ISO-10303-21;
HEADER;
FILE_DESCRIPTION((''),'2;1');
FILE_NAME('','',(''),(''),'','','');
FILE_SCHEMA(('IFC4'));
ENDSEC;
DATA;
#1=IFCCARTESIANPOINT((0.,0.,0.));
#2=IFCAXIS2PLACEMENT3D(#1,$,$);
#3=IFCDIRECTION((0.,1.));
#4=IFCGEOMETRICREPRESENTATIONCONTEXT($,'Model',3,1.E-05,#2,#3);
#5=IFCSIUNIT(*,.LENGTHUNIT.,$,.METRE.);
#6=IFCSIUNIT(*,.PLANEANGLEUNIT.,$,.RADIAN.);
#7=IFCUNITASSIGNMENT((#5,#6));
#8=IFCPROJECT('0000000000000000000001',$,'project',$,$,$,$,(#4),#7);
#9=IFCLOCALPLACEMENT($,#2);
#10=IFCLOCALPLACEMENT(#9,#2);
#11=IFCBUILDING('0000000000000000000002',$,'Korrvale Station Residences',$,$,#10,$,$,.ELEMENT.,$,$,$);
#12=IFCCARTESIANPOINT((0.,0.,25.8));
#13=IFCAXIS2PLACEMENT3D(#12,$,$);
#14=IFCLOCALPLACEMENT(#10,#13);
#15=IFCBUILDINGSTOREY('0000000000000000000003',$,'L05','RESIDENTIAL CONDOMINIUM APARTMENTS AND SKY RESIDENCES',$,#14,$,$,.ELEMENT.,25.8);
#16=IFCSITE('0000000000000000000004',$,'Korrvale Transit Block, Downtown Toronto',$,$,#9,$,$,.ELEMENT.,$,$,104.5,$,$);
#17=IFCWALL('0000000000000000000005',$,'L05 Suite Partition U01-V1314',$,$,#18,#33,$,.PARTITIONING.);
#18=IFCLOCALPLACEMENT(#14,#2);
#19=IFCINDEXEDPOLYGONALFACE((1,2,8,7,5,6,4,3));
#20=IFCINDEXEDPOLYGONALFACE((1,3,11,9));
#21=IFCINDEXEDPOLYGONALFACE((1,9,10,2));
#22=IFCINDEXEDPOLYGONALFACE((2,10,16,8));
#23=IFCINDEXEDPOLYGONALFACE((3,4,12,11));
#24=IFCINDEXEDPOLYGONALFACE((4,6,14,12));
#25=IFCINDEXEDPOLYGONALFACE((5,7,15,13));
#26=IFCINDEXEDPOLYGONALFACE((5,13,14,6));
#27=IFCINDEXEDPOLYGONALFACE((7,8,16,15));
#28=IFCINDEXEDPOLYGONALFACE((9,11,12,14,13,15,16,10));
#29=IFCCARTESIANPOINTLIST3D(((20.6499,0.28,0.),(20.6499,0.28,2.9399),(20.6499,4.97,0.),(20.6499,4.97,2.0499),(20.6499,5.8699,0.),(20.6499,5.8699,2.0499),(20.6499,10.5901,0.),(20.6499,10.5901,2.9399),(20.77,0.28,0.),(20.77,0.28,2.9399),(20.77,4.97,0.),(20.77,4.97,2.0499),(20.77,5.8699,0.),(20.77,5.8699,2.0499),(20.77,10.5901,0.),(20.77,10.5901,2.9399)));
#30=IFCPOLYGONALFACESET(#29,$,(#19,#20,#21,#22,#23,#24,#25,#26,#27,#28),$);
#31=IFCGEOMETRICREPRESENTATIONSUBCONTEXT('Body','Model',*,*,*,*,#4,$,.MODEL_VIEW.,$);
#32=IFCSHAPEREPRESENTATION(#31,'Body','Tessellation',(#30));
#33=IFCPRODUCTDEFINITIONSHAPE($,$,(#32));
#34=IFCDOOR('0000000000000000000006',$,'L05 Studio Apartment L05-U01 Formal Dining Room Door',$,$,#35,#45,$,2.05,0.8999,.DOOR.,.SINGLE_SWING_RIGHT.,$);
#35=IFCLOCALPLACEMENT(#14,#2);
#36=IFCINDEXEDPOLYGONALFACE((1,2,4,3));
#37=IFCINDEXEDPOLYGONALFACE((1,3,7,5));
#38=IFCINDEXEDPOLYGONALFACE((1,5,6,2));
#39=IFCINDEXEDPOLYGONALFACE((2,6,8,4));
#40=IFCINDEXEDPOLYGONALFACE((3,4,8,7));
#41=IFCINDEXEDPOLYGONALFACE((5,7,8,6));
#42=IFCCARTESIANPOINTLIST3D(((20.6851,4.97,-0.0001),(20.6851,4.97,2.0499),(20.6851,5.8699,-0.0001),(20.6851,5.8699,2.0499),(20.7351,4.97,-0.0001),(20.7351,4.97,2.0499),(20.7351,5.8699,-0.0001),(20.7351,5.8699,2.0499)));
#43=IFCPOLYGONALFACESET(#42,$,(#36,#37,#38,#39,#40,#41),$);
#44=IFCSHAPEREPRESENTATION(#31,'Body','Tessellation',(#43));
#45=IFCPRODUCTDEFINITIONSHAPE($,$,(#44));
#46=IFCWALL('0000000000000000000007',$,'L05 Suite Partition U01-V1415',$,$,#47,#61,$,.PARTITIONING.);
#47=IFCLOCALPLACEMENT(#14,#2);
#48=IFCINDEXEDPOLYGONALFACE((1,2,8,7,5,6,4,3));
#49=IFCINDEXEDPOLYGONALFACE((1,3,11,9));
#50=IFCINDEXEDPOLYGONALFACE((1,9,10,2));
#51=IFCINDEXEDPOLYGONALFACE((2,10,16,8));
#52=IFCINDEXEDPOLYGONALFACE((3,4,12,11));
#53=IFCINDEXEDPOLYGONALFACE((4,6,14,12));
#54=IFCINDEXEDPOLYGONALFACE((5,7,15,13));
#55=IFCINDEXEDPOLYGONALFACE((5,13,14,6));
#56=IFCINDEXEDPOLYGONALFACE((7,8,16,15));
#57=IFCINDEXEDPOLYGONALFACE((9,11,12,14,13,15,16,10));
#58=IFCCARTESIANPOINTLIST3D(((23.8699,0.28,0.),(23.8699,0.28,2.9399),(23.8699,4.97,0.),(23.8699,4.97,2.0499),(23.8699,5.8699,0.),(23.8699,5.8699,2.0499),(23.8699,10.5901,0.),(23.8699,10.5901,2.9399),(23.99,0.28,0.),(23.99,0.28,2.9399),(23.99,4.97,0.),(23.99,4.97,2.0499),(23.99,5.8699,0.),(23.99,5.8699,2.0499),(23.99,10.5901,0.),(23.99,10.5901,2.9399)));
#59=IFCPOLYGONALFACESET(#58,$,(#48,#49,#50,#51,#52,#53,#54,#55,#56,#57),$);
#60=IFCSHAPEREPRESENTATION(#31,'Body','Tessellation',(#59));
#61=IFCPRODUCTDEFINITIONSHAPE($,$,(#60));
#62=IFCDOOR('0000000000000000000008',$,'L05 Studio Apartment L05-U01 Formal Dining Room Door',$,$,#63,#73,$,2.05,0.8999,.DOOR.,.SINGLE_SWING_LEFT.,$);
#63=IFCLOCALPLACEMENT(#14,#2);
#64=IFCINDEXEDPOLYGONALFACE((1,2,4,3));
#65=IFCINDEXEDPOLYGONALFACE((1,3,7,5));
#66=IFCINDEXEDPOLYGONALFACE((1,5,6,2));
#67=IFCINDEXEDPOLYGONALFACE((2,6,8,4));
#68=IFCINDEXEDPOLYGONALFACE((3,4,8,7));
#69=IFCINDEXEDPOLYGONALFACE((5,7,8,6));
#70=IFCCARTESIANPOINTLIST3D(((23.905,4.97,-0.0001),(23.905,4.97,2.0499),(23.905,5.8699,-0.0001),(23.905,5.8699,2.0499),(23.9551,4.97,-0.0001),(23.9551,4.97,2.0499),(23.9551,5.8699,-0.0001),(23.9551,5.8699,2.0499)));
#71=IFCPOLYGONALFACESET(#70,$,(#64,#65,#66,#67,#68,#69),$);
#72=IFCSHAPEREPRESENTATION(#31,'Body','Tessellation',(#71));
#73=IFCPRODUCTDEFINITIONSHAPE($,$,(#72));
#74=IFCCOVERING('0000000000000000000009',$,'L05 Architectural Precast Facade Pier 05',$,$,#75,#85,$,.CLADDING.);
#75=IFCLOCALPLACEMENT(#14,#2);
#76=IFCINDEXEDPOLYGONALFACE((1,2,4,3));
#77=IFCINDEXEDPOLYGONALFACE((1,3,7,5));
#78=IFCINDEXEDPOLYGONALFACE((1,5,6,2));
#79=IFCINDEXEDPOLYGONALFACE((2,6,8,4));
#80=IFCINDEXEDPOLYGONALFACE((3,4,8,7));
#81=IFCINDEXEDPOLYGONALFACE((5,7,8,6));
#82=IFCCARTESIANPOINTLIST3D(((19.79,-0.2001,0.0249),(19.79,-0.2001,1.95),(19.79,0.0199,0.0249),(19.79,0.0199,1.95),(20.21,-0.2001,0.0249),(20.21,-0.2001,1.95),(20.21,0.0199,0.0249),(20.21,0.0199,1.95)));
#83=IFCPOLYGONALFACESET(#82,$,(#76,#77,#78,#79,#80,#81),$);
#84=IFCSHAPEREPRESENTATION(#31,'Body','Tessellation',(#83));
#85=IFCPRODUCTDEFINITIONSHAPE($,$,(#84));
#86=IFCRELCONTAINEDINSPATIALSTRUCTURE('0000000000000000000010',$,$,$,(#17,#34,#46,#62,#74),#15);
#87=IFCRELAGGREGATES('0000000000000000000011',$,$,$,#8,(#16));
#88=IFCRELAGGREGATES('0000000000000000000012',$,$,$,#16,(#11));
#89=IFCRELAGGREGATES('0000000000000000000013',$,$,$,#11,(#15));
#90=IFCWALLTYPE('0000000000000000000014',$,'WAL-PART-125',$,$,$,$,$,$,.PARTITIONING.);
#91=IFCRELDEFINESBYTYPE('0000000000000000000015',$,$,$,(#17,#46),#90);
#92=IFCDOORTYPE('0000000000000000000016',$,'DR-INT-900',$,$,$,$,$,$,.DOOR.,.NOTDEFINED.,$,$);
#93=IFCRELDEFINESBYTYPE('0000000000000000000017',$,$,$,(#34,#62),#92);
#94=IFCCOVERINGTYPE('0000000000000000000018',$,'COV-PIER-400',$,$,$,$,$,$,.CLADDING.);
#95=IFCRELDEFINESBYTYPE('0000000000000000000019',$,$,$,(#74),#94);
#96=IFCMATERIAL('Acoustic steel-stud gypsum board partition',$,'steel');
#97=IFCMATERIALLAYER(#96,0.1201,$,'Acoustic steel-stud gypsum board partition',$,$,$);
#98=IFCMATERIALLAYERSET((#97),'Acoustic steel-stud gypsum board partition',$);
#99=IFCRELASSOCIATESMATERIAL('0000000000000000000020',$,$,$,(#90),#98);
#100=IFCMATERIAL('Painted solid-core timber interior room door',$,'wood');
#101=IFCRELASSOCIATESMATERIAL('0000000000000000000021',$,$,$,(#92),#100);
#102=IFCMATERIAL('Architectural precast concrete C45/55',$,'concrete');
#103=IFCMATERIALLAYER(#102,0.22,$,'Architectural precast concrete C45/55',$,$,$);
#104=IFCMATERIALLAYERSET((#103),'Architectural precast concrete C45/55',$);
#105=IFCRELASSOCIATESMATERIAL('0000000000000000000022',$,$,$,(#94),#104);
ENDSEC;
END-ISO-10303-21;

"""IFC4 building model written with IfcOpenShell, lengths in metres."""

from ifc_helpers import new_model, si_unit, direction, frame, frame_2d, origin, origin_2d, place, context, subcontext, project, spatial, rectangle, extrude, material, layer, layer_set, type_object, element, fill, save


model = new_model("IFC4")

# Units and contexts
model_context = context("Model", 3, precision=1e-05, world=origin(), true_north=direction((0.0, 1.0)))
body_context = subcontext(model_context, "Body", "Model", "MODEL_VIEW")
ifc_project = project(units=[si_unit("LENGTHUNIT", "METRE"), si_unit("PLANEANGLEUNIT", "RADIAN")], contexts=[model_context])

# Site, building, storey
site_placement = place(None, origin())
site = spatial("IfcSite", under=ifc_project, at=site_placement, Name="Korrvale Transit Block, Downtown Toronto", CompositionType="ELEMENT", RefElevation=104.5)
building_placement = place(site_placement, origin())
building = spatial("IfcBuilding", under=site, at=building_placement, Name="Korrvale Station Residences", CompositionType="ELEMENT")
storey_placement = place(building_placement, frame((0.0, 0.0, 25.8)))
storey = spatial("IfcBuildingStorey", under=building, at=storey_placement, Name="L05", Description="RESIDENTIAL CONDOMINIUM APARTMENTS AND SKY RESIDENCES", CompositionType="ELEMENT", Elevation=25.8)

# Walls, openings, doors
ifc_material_1 = material(Name="Acoustic steel-stud gypsum board partition", Category="steel")
ifc_layer_1 = layer(ifc_material_1, 0.1201, Name="Acoustic steel-stud gypsum board partition")
ifc_layer_set_1 = layer_set([ifc_layer_1], Name="Acoustic steel-stud gypsum board partition")
wall_type_1 = type_object("IfcWallType", Name="WAL-PART-125", PredefinedType="PARTITIONING", material=ifc_layer_set_1)
ifc_material_2 = material(Name="Painted solid-core timber interior room door", Category="wood")
door_type = type_object("IfcDoorType", Name="DR-INT-900", OperationType="NOTDEFINED", PredefinedType="DOOR", material=ifc_material_2)
wall_1_placement = place(storey_placement, frame((20.71, 0.28, 0.0), z_axis=(0.0, 0.0, 1.0), x_axis=(0.0, 1.0, 0.0)))
wall_1 = element("IfcWall", 1, at=wall_1_placement, inside=storey, type_object=wall_type_1, Name="L05 Suite Partition U01-V1314", PredefinedType="PARTITIONING", context=body_context, shape_type="SweptSolid", body=[
    extrude(rectangle(XDim=10.3101, YDim=0.1201, at=frame_2d((5.155, 0.0))), origin(), (0.0, 0.0, 1.0), 2.9399),
])
opening_1_placement = place(wall_1_placement, frame((4.6899, 0.0, 0.0)))
opening_1 = element("IfcOpeningElement", 2, at=opening_1_placement, cuts=wall_1, PredefinedType="OPENING", context=body_context, shape_type="SweptSolid", body=[
    extrude(rectangle(XDim=0.8999, YDim=2.05, at=frame_2d((0.45, 1.0249))), frame((0.0, 0.0701, 0.0), z_axis=(0.0, -1.0, 0.0), x_axis=(1.0, 0.0, 0.0)), (0.0, 0.0, 1.0), 0.1401),
])
door_1_placement = place(opening_1_placement, origin())
door_1 = element("IfcDoor", 3, at=door_1_placement, inside=storey, type_object=door_type, Name="L05 Studio Apartment L05-U01 Formal Dining Room Door", OperationType="SINGLE_SWING_RIGHT", OverallHeight=2.05, OverallWidth=0.8999, PredefinedType="DOOR", context=body_context, shape_type="SweptSolid", body=[
    extrude(rectangle(XDim=0.8999, YDim=2.05, at=frame_2d((0.45, 1.0249))), frame((0.0, 0.0249, 0.0), z_axis=(0.0, -1.0, 0.0), x_axis=(1.0, 0.0, 0.0)), (0.0, 0.0, 1.0), 0.05),
])
fill(opening_1, door_1)
wall_2_placement = place(storey_placement, frame((23.9299, 0.28, 0.0), z_axis=(0.0, 0.0, 1.0), x_axis=(0.0, 1.0, 0.0)))
wall_2 = element("IfcWall", 4, at=wall_2_placement, inside=storey, type_object=wall_type_1, Name="L05 Suite Partition U01-V1415", PredefinedType="PARTITIONING", context=body_context, shape_type="SweptSolid", body=[
    extrude(rectangle(XDim=10.3101, YDim=0.1201, at=frame_2d((5.155, 0.0))), origin(), (0.0, 0.0, 1.0), 2.9399),
])
opening_2_placement = place(wall_2_placement, frame((4.6899, 0.0, 0.0)))
opening_2 = element("IfcOpeningElement", 5, at=opening_2_placement, cuts=wall_2, PredefinedType="OPENING", context=body_context, shape_type="SweptSolid", body=[
    extrude(rectangle(XDim=0.8999, YDim=2.05, at=frame_2d((0.45, 1.0249))), frame((0.0, 0.0701, 0.0), z_axis=(0.0, -1.0, 0.0), x_axis=(1.0, 0.0, 0.0)), (0.0, 0.0, 1.0), 0.1401),
])
door_2_placement = place(opening_2_placement, origin())
door_2 = element("IfcDoor", 6, at=door_2_placement, inside=storey, type_object=door_type, Name="L05 Studio Apartment L05-U01 Formal Dining Room Door", OperationType="SINGLE_SWING_LEFT", OverallHeight=2.05, OverallWidth=0.8999, PredefinedType="DOOR", context=body_context, shape_type="SweptSolid", body=[
    extrude(rectangle(XDim=0.8999, YDim=2.05, at=frame_2d((0.45, 1.0249))), frame((0.0, 0.0249, 0.0), z_axis=(0.0, -1.0, 0.0), x_axis=(1.0, 0.0, 0.0)), (0.0, 0.0, 1.0), 0.05),
])
fill(opening_2, door_2)

# Covering
ifc_material_3 = material(Name="Architectural precast concrete C45/55", Category="concrete")
ifc_layer_2 = layer(ifc_material_3, 0.22, Name="Architectural precast concrete C45/55")
ifc_layer_set_2 = layer_set([ifc_layer_2], Name="Architectural precast concrete C45/55")
covering_type = type_object("IfcCoveringType", Name="COV-PIER-400", PredefinedType="CLADDING", material=ifc_layer_set_2)
covering_placement = place(storey_placement, frame((20.0, -0.0901, 0.0249), z_axis=(0.0, 0.0, 1.0), x_axis=(1.0, 0.0, 0.0)))
element("IfcCovering", 7, at=covering_placement, inside=storey, type_object=covering_type, Name="L05 Architectural Precast Facade Pier 05", PredefinedType="CLADDING", context=body_context, shape_type="SweptSolid", body=[
    extrude(rectangle(XDim=0.4199, YDim=0.22, at=origin_2d()), origin(), (0.0, 0.0, 1.0), 1.925),
])

save(model, "model.ifc")
